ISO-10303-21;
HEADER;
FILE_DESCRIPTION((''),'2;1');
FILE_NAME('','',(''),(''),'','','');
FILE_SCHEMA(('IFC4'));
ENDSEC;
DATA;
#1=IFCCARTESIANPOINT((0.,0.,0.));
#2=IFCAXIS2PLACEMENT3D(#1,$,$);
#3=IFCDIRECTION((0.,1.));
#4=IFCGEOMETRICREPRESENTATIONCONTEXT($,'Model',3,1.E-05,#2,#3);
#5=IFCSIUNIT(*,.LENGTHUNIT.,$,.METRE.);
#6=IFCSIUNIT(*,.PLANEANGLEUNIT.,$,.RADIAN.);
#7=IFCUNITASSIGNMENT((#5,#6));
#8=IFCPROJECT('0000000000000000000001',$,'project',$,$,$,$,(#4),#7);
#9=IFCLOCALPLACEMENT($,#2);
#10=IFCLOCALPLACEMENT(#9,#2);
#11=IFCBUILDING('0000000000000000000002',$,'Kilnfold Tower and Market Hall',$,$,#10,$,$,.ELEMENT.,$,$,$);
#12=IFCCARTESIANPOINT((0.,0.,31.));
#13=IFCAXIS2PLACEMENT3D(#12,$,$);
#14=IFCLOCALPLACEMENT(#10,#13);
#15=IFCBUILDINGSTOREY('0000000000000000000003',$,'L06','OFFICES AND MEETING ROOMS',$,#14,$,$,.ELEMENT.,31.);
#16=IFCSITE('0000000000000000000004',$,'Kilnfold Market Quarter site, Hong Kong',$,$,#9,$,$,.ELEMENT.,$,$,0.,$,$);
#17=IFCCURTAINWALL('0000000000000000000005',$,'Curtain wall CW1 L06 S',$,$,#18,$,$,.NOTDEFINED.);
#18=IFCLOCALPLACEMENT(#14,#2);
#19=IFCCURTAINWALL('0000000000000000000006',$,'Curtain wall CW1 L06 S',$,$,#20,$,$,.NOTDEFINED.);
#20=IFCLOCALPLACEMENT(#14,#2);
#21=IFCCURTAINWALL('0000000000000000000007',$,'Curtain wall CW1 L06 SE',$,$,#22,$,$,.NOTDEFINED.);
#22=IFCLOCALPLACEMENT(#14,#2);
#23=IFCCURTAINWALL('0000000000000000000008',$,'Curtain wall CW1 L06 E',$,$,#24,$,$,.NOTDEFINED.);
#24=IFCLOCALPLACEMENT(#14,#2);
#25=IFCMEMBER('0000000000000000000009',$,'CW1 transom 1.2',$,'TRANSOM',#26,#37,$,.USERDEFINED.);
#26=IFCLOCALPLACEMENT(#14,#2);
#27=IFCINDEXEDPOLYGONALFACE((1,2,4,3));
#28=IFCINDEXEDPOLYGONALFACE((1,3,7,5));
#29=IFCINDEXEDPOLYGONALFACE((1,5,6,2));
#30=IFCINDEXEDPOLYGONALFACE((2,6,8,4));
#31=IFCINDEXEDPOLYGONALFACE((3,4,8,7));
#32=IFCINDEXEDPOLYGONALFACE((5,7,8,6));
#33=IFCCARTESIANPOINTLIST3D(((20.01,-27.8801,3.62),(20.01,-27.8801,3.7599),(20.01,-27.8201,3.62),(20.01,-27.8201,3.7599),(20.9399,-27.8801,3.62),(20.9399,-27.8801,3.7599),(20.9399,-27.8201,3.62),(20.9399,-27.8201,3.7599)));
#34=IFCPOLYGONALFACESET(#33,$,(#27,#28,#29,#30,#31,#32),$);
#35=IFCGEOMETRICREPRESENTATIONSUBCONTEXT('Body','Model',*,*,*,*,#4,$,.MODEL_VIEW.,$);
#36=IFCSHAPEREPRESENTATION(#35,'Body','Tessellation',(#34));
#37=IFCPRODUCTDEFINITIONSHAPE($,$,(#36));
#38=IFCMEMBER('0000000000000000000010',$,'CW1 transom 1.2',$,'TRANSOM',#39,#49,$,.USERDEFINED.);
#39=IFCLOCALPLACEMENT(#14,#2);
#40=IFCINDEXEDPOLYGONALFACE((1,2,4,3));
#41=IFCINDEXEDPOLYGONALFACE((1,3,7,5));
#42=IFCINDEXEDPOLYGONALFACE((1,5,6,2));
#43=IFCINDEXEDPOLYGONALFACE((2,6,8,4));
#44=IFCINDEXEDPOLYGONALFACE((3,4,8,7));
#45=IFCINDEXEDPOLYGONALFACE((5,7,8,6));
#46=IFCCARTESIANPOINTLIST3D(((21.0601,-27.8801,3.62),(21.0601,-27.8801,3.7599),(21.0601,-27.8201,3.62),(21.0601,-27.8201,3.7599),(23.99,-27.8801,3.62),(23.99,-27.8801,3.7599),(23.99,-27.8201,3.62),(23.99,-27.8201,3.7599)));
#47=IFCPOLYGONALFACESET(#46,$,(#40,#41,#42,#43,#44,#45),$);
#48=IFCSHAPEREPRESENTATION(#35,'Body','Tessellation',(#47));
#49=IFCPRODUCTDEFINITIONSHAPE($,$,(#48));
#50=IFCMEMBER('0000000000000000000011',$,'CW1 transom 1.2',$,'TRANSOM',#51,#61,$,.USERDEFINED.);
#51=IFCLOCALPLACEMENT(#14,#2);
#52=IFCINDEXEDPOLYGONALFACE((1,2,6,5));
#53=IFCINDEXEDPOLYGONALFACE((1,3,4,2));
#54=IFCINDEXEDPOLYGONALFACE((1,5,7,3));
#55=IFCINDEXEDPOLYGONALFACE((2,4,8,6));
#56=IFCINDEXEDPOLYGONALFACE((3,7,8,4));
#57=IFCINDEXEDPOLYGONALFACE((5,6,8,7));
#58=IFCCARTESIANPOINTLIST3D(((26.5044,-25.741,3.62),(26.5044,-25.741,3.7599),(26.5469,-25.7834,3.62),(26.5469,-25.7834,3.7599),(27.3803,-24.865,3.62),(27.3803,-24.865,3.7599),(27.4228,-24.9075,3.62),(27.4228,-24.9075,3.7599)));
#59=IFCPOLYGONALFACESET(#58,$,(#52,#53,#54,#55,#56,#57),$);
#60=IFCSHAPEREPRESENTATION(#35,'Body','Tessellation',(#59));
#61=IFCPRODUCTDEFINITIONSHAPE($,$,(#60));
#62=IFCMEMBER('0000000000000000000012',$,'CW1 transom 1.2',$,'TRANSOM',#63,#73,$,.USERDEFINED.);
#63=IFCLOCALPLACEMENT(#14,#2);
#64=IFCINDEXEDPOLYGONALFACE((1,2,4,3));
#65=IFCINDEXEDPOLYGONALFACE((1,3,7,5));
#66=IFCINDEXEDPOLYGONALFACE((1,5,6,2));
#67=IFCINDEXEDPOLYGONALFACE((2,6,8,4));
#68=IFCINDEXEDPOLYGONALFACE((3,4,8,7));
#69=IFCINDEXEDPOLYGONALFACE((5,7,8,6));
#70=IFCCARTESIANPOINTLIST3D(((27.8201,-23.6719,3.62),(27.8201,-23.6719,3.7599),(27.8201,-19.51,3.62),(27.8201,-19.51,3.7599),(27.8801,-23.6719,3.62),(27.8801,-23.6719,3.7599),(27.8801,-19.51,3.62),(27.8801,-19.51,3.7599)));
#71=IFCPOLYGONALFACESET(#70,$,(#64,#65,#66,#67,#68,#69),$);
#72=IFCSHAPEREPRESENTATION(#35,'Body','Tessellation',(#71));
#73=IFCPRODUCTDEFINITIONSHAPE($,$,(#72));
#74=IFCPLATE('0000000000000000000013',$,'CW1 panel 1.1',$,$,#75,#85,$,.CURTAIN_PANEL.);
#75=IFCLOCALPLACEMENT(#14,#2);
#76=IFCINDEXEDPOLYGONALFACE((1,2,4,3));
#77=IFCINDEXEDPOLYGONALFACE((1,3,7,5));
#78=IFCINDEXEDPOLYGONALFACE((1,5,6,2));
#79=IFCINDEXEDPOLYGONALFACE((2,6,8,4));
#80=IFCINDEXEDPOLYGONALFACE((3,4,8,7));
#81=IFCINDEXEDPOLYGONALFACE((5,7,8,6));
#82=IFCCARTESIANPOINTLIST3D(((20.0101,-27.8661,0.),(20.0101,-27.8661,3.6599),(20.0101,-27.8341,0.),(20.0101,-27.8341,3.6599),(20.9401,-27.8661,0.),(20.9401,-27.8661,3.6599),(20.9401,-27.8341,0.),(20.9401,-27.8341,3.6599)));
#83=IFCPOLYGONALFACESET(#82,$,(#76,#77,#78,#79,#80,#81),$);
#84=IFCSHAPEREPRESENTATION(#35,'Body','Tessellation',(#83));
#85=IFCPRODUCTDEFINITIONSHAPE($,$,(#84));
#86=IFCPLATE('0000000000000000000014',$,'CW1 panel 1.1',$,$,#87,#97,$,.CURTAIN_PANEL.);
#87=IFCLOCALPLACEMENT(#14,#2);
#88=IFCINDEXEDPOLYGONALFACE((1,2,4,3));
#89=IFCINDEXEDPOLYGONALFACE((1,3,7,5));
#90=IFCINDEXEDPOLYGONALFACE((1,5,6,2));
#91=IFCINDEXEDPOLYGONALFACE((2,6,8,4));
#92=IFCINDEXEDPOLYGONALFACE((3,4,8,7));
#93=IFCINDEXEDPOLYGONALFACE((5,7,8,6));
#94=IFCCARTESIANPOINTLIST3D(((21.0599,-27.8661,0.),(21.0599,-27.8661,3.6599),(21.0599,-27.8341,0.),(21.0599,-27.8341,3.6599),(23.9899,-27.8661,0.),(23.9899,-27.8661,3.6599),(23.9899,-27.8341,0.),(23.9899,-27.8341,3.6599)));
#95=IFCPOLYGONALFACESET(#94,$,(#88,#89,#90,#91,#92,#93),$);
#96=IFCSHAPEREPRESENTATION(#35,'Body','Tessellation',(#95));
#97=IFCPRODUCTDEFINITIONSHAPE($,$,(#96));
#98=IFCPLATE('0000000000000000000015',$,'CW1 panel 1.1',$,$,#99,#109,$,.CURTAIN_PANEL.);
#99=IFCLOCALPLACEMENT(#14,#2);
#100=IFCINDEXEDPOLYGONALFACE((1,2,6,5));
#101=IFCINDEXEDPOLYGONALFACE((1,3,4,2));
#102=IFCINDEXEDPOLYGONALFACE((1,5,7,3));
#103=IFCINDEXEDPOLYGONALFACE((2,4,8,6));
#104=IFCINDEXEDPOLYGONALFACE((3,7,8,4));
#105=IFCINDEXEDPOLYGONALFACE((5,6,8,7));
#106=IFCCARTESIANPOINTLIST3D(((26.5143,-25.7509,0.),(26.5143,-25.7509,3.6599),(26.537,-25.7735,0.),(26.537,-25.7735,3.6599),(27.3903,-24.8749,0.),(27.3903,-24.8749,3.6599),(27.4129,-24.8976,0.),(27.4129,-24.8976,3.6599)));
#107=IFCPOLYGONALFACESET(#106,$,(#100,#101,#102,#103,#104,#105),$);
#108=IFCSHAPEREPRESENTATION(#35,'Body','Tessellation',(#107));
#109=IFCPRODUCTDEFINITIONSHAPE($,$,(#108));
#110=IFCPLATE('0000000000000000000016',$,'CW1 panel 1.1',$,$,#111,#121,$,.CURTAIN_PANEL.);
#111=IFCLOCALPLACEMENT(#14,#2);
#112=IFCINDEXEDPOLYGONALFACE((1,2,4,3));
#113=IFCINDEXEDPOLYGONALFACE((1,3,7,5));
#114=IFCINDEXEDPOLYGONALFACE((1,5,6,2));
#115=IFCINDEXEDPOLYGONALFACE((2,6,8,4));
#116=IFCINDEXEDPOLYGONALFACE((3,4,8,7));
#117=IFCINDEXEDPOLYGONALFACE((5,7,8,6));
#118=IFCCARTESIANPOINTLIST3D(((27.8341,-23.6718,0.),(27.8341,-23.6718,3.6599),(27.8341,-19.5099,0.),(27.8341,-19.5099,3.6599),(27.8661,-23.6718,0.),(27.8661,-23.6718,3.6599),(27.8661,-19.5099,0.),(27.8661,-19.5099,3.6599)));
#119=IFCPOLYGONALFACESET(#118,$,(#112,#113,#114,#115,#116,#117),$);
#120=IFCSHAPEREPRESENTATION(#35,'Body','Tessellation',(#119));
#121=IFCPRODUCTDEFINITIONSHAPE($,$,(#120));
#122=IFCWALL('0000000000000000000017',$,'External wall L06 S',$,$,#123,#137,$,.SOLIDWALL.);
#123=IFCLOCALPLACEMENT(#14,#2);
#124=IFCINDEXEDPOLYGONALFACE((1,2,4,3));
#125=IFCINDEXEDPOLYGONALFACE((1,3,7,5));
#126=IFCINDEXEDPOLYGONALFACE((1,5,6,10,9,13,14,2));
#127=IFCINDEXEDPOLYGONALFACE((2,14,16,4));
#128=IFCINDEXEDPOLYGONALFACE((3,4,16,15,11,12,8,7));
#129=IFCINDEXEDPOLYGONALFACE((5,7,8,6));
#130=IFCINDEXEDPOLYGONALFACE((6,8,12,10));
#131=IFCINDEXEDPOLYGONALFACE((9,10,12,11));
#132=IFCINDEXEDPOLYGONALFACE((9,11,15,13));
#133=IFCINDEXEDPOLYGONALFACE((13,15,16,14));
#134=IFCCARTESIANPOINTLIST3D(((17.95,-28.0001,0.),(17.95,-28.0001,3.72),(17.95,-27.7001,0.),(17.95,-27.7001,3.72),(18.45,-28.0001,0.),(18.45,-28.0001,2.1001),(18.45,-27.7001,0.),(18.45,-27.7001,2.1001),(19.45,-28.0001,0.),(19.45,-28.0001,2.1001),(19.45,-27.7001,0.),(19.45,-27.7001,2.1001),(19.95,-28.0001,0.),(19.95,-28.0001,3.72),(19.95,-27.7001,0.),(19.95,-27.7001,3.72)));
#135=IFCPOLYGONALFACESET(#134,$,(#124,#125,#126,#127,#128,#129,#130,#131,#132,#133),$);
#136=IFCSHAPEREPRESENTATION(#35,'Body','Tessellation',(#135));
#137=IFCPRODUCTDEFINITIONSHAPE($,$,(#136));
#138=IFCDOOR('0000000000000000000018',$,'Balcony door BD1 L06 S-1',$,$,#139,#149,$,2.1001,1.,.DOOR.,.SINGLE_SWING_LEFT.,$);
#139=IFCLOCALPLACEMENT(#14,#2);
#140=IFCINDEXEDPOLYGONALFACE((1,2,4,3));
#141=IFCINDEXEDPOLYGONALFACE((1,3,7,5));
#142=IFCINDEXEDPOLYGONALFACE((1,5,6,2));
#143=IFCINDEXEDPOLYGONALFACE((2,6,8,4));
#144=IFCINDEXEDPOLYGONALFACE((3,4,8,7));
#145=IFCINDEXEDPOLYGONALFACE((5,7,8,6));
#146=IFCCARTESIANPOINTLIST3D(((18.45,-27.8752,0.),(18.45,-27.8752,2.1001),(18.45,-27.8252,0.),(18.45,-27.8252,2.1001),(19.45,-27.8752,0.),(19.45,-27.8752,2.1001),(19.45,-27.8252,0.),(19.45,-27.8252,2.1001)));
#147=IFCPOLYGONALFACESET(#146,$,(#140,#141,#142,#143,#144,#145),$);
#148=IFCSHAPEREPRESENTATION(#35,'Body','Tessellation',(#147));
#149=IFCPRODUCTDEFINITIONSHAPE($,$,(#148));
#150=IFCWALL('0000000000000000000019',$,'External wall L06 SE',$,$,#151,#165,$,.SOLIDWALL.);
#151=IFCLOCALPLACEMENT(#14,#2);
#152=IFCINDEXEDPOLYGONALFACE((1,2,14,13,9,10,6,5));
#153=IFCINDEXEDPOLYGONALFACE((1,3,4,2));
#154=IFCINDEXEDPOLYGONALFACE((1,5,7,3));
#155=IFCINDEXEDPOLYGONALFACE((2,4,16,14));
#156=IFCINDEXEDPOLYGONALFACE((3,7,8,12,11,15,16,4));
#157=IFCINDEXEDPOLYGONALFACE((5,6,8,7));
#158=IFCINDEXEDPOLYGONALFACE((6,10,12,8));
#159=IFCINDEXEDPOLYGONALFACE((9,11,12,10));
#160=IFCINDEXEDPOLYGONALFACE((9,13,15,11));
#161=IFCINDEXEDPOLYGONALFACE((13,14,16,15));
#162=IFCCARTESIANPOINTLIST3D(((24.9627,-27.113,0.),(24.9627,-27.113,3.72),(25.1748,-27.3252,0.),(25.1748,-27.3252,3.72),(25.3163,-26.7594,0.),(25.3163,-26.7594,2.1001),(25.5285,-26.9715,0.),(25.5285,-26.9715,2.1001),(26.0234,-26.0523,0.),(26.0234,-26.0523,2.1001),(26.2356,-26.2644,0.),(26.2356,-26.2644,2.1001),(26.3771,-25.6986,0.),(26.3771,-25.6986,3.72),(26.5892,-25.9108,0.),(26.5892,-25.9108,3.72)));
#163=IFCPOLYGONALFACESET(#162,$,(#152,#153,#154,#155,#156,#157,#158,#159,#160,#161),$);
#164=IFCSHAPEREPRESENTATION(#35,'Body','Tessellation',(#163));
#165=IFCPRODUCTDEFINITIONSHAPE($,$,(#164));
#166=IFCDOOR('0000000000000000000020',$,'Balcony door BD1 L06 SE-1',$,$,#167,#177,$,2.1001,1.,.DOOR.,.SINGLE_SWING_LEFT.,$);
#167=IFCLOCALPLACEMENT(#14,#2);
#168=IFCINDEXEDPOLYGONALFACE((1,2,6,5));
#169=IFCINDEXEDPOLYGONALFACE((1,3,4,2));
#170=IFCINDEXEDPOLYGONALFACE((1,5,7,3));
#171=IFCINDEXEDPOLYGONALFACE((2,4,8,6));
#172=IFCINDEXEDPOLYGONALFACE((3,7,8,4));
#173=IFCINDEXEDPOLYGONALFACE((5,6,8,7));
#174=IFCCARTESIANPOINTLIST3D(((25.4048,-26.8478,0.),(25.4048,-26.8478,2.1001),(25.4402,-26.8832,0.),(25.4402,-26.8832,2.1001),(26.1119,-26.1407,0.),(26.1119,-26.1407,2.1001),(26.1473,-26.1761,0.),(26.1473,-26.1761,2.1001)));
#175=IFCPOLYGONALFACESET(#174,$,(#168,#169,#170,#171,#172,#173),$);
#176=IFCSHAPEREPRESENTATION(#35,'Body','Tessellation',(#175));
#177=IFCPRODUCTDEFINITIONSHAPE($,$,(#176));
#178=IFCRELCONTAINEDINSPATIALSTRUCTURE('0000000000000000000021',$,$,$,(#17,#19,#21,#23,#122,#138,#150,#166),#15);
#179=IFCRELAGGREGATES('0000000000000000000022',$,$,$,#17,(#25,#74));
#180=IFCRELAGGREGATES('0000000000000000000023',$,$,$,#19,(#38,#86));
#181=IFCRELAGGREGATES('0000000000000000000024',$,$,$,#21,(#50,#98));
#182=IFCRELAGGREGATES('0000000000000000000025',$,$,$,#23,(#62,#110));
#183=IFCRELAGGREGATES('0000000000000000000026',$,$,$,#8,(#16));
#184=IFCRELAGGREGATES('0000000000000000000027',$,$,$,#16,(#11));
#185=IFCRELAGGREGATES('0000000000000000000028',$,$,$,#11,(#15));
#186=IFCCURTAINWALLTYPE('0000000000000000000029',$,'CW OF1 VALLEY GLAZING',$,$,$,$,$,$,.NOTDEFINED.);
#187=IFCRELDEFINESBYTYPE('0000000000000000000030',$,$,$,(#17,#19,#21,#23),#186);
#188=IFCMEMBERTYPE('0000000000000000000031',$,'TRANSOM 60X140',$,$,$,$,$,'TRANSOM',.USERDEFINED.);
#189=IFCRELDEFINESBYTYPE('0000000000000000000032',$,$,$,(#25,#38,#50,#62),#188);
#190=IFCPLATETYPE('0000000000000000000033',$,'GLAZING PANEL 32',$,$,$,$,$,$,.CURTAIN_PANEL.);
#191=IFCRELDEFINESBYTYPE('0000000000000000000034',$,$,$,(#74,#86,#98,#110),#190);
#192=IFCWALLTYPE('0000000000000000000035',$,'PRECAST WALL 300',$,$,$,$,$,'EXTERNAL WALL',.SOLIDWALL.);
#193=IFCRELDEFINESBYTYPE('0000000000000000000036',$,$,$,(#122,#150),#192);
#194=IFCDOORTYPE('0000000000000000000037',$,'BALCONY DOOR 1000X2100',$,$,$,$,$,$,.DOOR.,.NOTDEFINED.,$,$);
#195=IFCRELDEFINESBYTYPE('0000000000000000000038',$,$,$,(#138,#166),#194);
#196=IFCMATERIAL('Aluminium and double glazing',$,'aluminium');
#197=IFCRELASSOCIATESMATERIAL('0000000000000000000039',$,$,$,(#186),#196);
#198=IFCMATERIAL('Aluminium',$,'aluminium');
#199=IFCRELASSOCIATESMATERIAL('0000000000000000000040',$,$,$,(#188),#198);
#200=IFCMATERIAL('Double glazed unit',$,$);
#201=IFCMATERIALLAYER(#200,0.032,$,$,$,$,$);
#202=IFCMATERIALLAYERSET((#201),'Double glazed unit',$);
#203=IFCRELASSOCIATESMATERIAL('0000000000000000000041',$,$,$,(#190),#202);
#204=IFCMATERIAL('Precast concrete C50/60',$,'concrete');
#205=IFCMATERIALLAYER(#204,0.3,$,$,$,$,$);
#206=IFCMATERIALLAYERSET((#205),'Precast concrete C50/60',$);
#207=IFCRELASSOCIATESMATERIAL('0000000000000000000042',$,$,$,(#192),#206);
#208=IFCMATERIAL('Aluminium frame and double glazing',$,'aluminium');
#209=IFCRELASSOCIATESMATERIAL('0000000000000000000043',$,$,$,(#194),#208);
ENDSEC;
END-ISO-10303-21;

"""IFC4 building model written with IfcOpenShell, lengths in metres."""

from ifc_helpers import new_model, si_unit, direction, frame, frame_2d, origin, origin_2d, place, context, subcontext, project, spatial, rectangle, extrude, source, transform, mapped, material, layer, layer_set, material_profile, profile_set, type_object, element, fill, aggregate, save


model = new_model("IFC4")

# Units and contexts
model_context = context("Model", 3, precision=1e-05, world=origin(), true_north=direction((0.0, 1.0)))
body_context = subcontext(model_context, "Body", "Model", "MODEL_VIEW")
ifc_project = project(units=[si_unit("LENGTHUNIT", "METRE"), si_unit("PLANEANGLEUNIT", "RADIAN")], contexts=[model_context])

# Site, building, storey
site_placement = place(None, origin())
site = spatial("IfcSite", under=ifc_project, at=site_placement, Name="Kilnfold Market Quarter site, Hong Kong", CompositionType="ELEMENT", RefElevation=0.0)
building_placement = place(site_placement, origin())
building = spatial("IfcBuilding", under=site, at=building_placement, Name="Kilnfold Tower and Market Hall", CompositionType="ELEMENT")
storey_placement = place(building_placement, frame((0.0, 0.0, 31.0)))
storey = spatial("IfcBuildingStorey", under=building, at=storey_placement, Name="L06", Description="OFFICES AND MEETING ROOMS", CompositionType="ELEMENT", Elevation=31.0)

# Curtain walls
ifc_material_1 = material(Name="Aluminium and double glazing", Category="aluminium")
curtain_wall_type = type_object("IfcCurtainWallType", Name="CW OF1 VALLEY GLAZING", PredefinedType="NOTDEFINED", material=ifc_material_1)
curtain_wall_1_placement = place(storey_placement, origin())
curtain_wall_1 = element("IfcCurtainWall", 1, at=curtain_wall_1_placement, inside=storey, type_object=curtain_wall_type, Name="Curtain wall CW1 L06 S", PredefinedType="NOTDEFINED")
curtain_wall_2_placement = place(storey_placement, origin())
curtain_wall_2 = element("IfcCurtainWall", 2, at=curtain_wall_2_placement, inside=storey, type_object=curtain_wall_type, Name="Curtain wall CW1 L06 S", PredefinedType="NOTDEFINED")
curtain_wall_3_placement = place(storey_placement, origin())
curtain_wall_3 = element("IfcCurtainWall", 3, at=curtain_wall_3_placement, inside=storey, type_object=curtain_wall_type, Name="Curtain wall CW1 L06 SE", PredefinedType="NOTDEFINED")

# Curtain wall
curtain_wall_4_placement = place(storey_placement, origin())
curtain_wall_4 = element("IfcCurtainWall", 4, at=curtain_wall_4_placement, inside=storey, type_object=curtain_wall_type, Name="Curtain wall CW1 L06 E", PredefinedType="NOTDEFINED")

# Members
ifc_material_2 = material(Name="Aluminium", Category="aluminium")
ifc_material_profile_1 = material_profile(ifc_material_2, rectangle(XDim=0.0601, YDim=0.1399, at=origin_2d()), Name="TRANSOM 60x140")
ifc_profile_set_1 = profile_set([ifc_material_profile_1], Name="Aluminium")
member_type_1 = type_object("IfcMemberType", Name="TRANSOM 60X140", ElementType="TRANSOM", PredefinedType="USERDEFINED", material=ifc_profile_set_1)
shared_shape_1 = source(origin(), body_context, "Body", "SweptSolid", [
    extrude(rectangle(XDim=0.0601, YDim=0.1399, at=origin_2d()), origin(), (0.0, 0.0, 1.0), 0.9299),
])
member_1_placement = place(storey_placement, frame((20.01, -27.8501, 3.6899), z_axis=(1.0, 0.0, 0.0), x_axis=(0.0, 1.0, 0.0)))
member_1 = element("IfcMember", 5, at=member_1_placement, type_object=member_type_1, Name="CW1 transom 1.2", ObjectType="TRANSOM", PredefinedType="USERDEFINED", context=body_context, shape_type="MappedRepresentation", body=[
    mapped(shared_shape_1, transform((0.0, 0.0, 0.0))),
])
shared_shape_2 = source(origin(), body_context, "Body", "SweptSolid", [
    extrude(rectangle(XDim=0.0601, YDim=0.1399, at=origin_2d()), origin(), (0.0, 0.0, 1.0), 2.9299),
])
member_2_placement = place(storey_placement, frame((21.0601, -27.8501, 3.6899), z_axis=(1.0, 0.0, 0.0), x_axis=(0.0, 1.0, 0.0)))
member_2 = element("IfcMember", 6, at=member_2_placement, type_object=member_type_1, Name="CW1 transom 1.2", ObjectType="TRANSOM", PredefinedType="USERDEFINED", context=body_context, shape_type="MappedRepresentation", body=[
    mapped(shared_shape_2, transform((0.0, 0.0, 0.0))),
])
shared_shape_3 = source(origin(), body_context, "Body", "SweptSolid", [
    extrude(rectangle(XDim=0.0601, YDim=0.1399, at=origin_2d()), origin(), (0.0, 0.0, 1.0), 1.2388),
])
member_3_placement = place(storey_placement, frame((26.5256, -25.7622, 3.6899), z_axis=(0.707107, 0.707107, 0.0), x_axis=(-0.707107, 0.707107, 0.0)))
member_3 = element("IfcMember", 7, at=member_3_placement, type_object=member_type_1, Name="CW1 transom 1.2", ObjectType="TRANSOM", PredefinedType="USERDEFINED", context=body_context, shape_type="MappedRepresentation", body=[
    mapped(shared_shape_3, transform((0.0, 0.0, 0.0))),
])
shared_shape_4 = source(origin(), body_context, "Body", "SweptSolid", [
    extrude(rectangle(XDim=0.0601, YDim=0.1399, at=origin_2d()), origin(), (0.0, 0.0, 1.0), 4.1619),
])
member_4_placement = place(storey_placement, frame((27.8501, -23.6719, 3.6899), z_axis=(0.0, 1.0, 0.0), x_axis=(-1.0, 0.0, 0.0)))
member_4 = element("IfcMember", 8, at=member_4_placement, type_object=member_type_1, Name="CW1 transom 1.2", ObjectType="TRANSOM", PredefinedType="USERDEFINED", context=body_context, shape_type="MappedRepresentation", body=[
    mapped(shared_shape_4, transform((0.0, 0.0, 0.0))),
])

# Plates
ifc_material_3 = material(Name="Double glazed unit")
ifc_layer_1 = layer(ifc_material_3, 0.032)
ifc_layer_set_1 = layer_set([ifc_layer_1], Name="Double glazed unit")
plate_type = type_object("IfcPlateType", Name="GLAZING PANEL 32", PredefinedType="CURTAIN_PANEL", material=ifc_layer_set_1)
shared_shape_5 = source(origin(), body_context, "Body", "SweptSolid", [
    extrude(rectangle(XDim=0.9299, YDim=0.032, at=origin_2d()), origin(), (0.0, 0.0, 1.0), 3.6599),
])
plate_1_placement = place(storey_placement, frame((20.4751, -27.8501, 0.0), z_axis=(0.0, 0.0, 1.0), x_axis=(1.0, 0.0, 0.0)))
plate_1 = element("IfcPlate", 9, at=plate_1_placement, type_object=plate_type, Name="CW1 panel 1.1", PredefinedType="CURTAIN_PANEL", context=body_context, shape_type="MappedRepresentation", body=[
    mapped(shared_shape_5, transform((0.0, 0.0, 0.0))),
])
aggregate(curtain_wall_1, [member_1, plate_1])
shared_shape_6 = source(origin(), body_context, "Body", "SweptSolid", [
    extrude(rectangle(XDim=2.9299, YDim=0.032, at=origin_2d()), origin(), (0.0, 0.0, 1.0), 3.6599),
])
plate_2_placement = place(storey_placement, frame((22.5249, -27.8501, 0.0), z_axis=(0.0, 0.0, 1.0), x_axis=(1.0, 0.0, 0.0)))
plate_2 = element("IfcPlate", 10, at=plate_2_placement, type_object=plate_type, Name="CW1 panel 1.1", PredefinedType="CURTAIN_PANEL", context=body_context, shape_type="MappedRepresentation", body=[
    mapped(shared_shape_6, transform((0.0, 0.0, 0.0))),
])
aggregate(curtain_wall_2, [member_2, plate_2])
shared_shape_7 = source(origin(), body_context, "Body", "SweptSolid", [
    extrude(rectangle(XDim=1.2388, YDim=0.032, at=origin_2d()), origin(), (0.0, 0.0, 1.0), 3.6599),
])
plate_3_placement = place(storey_placement, frame((26.9636, -25.3242, 0.0), z_axis=(0.0, 0.0, 1.0), x_axis=(0.707107, 0.707107, 0.0)))
plate_3 = element("IfcPlate", 11, at=plate_3_placement, type_object=plate_type, Name="CW1 panel 1.1", PredefinedType="CURTAIN_PANEL", context=body_context, shape_type="MappedRepresentation", body=[
    mapped(shared_shape_7, transform((0.0, 0.0, 0.0))),
])
aggregate(curtain_wall_3, [member_3, plate_3])
shared_shape_8 = source(origin(), body_context, "Body", "SweptSolid", [
    extrude(rectangle(XDim=4.1619, YDim=0.032, at=origin_2d()), origin(), (0.0, 0.0, 1.0), 3.6599),
])
plate_4_placement = place(storey_placement, frame((27.8501, -21.5908, 0.0), z_axis=(0.0, 0.0, 1.0), x_axis=(0.0, 1.0, 0.0)))
plate_4 = element("IfcPlate", 12, at=plate_4_placement, type_object=plate_type, Name="CW1 panel 1.1", PredefinedType="CURTAIN_PANEL", context=body_context, shape_type="MappedRepresentation", body=[
    mapped(shared_shape_8, transform((0.0, 0.0, 0.0))),
])
aggregate(curtain_wall_4, [member_4, plate_4])

# Walls, openings, doors
ifc_material_4 = material(Name="Precast concrete C50/60", Category="concrete")
ifc_layer_2 = layer(ifc_material_4, 0.3)
ifc_layer_set_2 = layer_set([ifc_layer_2], Name="Precast concrete C50/60")
wall_type = type_object("IfcWallType", Name="PRECAST WALL 300", ElementType="EXTERNAL WALL", PredefinedType="SOLIDWALL", material=ifc_layer_set_2)
shared_shape_9 = source(origin(), body_context, "Body", "SweptSolid", [
    extrude(rectangle(XDim=2.0, YDim=0.3, at=frame_2d((1.0, 0.0))), origin(), (0.0, 0.0, 1.0), 3.72),
])
wall_1_placement = place(storey_placement, frame((17.95, -27.8501, 0.0), z_axis=(0.0, 0.0, 1.0), x_axis=(1.0, 0.0, 0.0)))
wall_1 = element("IfcWall", 13, at=wall_1_placement, inside=storey, type_object=wall_type, Name="External wall L06 S", PredefinedType="SOLIDWALL", context=body_context, shape_type="MappedRepresentation", body=[
    mapped(shared_shape_9, transform((0.0, 0.0, 0.0))),
])
opening_1_placement = place(wall_1_placement, frame((0.5, 0.0, 0.0)))
opening_1 = element("IfcOpeningElement", 14, at=opening_1_placement, cuts=wall_1, PredefinedType="OPENING", context=body_context, shape_type="SweptSolid", body=[
    extrude(rectangle(XDim=1.0, YDim=2.1001, at=frame_2d((0.5, 1.05))), frame((0.0, 0.1602, 0.0), z_axis=(0.0, -1.0, 0.0), x_axis=(1.0, 0.0, 0.0)), (0.0, 0.0, 1.0), 0.3201),
])
ifc_material_5 = material(Name="Aluminium frame and double glazing", Category="aluminium")
door_type = type_object("IfcDoorType", Name="BALCONY DOOR 1000X2100", OperationType="NOTDEFINED", PredefinedType="DOOR", material=ifc_material_5)
door_1_placement = place(opening_1_placement, origin())
door_1 = element("IfcDoor", 15, at=door_1_placement, inside=storey, type_object=door_type, Name="Balcony door BD1 L06 S-1", OperationType="SINGLE_SWING_LEFT", OverallHeight=2.1001, OverallWidth=1.0, PredefinedType="DOOR", context=body_context, shape_type="SweptSolid", body=[
    extrude(rectangle(XDim=1.0, YDim=2.1001, at=frame_2d((0.5, 1.05))), frame((0.0, 0.0249, 0.0), z_axis=(0.0, -1.0, 0.0), x_axis=(1.0, 0.0, 0.0)), (0.0, 0.0, 1.0), 0.05),
])
fill(opening_1, door_1)
shared_shape_10 = source(origin(), body_context, "Body", "SweptSolid", [
    extrude(rectangle(XDim=2.0002, YDim=0.3, at=frame_2d((1.0, 0.0))), origin(), (0.0, 0.0, 1.0), 3.72),
])
wall_2_placement = place(storey_placement, frame((25.0688, -27.219, 0.0), z_axis=(0.0, 0.0, 1.0), x_axis=(0.707107, 0.707107, 0.0)))
wall_2 = element("IfcWall", 16, at=wall_2_placement, inside=storey, type_object=wall_type, Name="External wall L06 SE", PredefinedType="SOLIDWALL", context=body_context, shape_type="MappedRepresentation", body=[
    mapped(shared_shape_10, transform((0.0, 0.0, 0.0))),
])
opening_2_placement = place(wall_2_placement, frame((0.5, 0.0, 0.0)))
opening_2 = element("IfcOpeningElement", 17, at=opening_2_placement, cuts=wall_2, PredefinedType="OPENING", context=body_context, shape_type="SweptSolid", body=[
    extrude(rectangle(XDim=1.0, YDim=2.1001, at=frame_2d((0.5, 1.05))), frame((0.0, 0.1602, 0.0), z_axis=(0.0, -1.0, 0.0), x_axis=(1.0, 0.0, 0.0)), (0.0, 0.0, 1.0), 0.3201),
])
door_2_placement = place(opening_2_placement, origin())
door_2 = element("IfcDoor", 18, at=door_2_placement, inside=storey, type_object=door_type, Name="Balcony door BD1 L06 SE-1", OperationType="SINGLE_SWING_LEFT", OverallHeight=2.1001, OverallWidth=1.0, PredefinedType="DOOR", context=body_context, shape_type="SweptSolid", body=[
    extrude(rectangle(XDim=1.0, YDim=2.1001, at=frame_2d((0.5, 1.05))), frame((0.0, 0.0249, 0.0), z_axis=(0.0, -1.0, 0.0), x_axis=(1.0, 0.0, 0.0)), (0.0, 0.0, 1.0), 0.05),
])
fill(opening_2, door_2)

save(model, "model.ifc")
